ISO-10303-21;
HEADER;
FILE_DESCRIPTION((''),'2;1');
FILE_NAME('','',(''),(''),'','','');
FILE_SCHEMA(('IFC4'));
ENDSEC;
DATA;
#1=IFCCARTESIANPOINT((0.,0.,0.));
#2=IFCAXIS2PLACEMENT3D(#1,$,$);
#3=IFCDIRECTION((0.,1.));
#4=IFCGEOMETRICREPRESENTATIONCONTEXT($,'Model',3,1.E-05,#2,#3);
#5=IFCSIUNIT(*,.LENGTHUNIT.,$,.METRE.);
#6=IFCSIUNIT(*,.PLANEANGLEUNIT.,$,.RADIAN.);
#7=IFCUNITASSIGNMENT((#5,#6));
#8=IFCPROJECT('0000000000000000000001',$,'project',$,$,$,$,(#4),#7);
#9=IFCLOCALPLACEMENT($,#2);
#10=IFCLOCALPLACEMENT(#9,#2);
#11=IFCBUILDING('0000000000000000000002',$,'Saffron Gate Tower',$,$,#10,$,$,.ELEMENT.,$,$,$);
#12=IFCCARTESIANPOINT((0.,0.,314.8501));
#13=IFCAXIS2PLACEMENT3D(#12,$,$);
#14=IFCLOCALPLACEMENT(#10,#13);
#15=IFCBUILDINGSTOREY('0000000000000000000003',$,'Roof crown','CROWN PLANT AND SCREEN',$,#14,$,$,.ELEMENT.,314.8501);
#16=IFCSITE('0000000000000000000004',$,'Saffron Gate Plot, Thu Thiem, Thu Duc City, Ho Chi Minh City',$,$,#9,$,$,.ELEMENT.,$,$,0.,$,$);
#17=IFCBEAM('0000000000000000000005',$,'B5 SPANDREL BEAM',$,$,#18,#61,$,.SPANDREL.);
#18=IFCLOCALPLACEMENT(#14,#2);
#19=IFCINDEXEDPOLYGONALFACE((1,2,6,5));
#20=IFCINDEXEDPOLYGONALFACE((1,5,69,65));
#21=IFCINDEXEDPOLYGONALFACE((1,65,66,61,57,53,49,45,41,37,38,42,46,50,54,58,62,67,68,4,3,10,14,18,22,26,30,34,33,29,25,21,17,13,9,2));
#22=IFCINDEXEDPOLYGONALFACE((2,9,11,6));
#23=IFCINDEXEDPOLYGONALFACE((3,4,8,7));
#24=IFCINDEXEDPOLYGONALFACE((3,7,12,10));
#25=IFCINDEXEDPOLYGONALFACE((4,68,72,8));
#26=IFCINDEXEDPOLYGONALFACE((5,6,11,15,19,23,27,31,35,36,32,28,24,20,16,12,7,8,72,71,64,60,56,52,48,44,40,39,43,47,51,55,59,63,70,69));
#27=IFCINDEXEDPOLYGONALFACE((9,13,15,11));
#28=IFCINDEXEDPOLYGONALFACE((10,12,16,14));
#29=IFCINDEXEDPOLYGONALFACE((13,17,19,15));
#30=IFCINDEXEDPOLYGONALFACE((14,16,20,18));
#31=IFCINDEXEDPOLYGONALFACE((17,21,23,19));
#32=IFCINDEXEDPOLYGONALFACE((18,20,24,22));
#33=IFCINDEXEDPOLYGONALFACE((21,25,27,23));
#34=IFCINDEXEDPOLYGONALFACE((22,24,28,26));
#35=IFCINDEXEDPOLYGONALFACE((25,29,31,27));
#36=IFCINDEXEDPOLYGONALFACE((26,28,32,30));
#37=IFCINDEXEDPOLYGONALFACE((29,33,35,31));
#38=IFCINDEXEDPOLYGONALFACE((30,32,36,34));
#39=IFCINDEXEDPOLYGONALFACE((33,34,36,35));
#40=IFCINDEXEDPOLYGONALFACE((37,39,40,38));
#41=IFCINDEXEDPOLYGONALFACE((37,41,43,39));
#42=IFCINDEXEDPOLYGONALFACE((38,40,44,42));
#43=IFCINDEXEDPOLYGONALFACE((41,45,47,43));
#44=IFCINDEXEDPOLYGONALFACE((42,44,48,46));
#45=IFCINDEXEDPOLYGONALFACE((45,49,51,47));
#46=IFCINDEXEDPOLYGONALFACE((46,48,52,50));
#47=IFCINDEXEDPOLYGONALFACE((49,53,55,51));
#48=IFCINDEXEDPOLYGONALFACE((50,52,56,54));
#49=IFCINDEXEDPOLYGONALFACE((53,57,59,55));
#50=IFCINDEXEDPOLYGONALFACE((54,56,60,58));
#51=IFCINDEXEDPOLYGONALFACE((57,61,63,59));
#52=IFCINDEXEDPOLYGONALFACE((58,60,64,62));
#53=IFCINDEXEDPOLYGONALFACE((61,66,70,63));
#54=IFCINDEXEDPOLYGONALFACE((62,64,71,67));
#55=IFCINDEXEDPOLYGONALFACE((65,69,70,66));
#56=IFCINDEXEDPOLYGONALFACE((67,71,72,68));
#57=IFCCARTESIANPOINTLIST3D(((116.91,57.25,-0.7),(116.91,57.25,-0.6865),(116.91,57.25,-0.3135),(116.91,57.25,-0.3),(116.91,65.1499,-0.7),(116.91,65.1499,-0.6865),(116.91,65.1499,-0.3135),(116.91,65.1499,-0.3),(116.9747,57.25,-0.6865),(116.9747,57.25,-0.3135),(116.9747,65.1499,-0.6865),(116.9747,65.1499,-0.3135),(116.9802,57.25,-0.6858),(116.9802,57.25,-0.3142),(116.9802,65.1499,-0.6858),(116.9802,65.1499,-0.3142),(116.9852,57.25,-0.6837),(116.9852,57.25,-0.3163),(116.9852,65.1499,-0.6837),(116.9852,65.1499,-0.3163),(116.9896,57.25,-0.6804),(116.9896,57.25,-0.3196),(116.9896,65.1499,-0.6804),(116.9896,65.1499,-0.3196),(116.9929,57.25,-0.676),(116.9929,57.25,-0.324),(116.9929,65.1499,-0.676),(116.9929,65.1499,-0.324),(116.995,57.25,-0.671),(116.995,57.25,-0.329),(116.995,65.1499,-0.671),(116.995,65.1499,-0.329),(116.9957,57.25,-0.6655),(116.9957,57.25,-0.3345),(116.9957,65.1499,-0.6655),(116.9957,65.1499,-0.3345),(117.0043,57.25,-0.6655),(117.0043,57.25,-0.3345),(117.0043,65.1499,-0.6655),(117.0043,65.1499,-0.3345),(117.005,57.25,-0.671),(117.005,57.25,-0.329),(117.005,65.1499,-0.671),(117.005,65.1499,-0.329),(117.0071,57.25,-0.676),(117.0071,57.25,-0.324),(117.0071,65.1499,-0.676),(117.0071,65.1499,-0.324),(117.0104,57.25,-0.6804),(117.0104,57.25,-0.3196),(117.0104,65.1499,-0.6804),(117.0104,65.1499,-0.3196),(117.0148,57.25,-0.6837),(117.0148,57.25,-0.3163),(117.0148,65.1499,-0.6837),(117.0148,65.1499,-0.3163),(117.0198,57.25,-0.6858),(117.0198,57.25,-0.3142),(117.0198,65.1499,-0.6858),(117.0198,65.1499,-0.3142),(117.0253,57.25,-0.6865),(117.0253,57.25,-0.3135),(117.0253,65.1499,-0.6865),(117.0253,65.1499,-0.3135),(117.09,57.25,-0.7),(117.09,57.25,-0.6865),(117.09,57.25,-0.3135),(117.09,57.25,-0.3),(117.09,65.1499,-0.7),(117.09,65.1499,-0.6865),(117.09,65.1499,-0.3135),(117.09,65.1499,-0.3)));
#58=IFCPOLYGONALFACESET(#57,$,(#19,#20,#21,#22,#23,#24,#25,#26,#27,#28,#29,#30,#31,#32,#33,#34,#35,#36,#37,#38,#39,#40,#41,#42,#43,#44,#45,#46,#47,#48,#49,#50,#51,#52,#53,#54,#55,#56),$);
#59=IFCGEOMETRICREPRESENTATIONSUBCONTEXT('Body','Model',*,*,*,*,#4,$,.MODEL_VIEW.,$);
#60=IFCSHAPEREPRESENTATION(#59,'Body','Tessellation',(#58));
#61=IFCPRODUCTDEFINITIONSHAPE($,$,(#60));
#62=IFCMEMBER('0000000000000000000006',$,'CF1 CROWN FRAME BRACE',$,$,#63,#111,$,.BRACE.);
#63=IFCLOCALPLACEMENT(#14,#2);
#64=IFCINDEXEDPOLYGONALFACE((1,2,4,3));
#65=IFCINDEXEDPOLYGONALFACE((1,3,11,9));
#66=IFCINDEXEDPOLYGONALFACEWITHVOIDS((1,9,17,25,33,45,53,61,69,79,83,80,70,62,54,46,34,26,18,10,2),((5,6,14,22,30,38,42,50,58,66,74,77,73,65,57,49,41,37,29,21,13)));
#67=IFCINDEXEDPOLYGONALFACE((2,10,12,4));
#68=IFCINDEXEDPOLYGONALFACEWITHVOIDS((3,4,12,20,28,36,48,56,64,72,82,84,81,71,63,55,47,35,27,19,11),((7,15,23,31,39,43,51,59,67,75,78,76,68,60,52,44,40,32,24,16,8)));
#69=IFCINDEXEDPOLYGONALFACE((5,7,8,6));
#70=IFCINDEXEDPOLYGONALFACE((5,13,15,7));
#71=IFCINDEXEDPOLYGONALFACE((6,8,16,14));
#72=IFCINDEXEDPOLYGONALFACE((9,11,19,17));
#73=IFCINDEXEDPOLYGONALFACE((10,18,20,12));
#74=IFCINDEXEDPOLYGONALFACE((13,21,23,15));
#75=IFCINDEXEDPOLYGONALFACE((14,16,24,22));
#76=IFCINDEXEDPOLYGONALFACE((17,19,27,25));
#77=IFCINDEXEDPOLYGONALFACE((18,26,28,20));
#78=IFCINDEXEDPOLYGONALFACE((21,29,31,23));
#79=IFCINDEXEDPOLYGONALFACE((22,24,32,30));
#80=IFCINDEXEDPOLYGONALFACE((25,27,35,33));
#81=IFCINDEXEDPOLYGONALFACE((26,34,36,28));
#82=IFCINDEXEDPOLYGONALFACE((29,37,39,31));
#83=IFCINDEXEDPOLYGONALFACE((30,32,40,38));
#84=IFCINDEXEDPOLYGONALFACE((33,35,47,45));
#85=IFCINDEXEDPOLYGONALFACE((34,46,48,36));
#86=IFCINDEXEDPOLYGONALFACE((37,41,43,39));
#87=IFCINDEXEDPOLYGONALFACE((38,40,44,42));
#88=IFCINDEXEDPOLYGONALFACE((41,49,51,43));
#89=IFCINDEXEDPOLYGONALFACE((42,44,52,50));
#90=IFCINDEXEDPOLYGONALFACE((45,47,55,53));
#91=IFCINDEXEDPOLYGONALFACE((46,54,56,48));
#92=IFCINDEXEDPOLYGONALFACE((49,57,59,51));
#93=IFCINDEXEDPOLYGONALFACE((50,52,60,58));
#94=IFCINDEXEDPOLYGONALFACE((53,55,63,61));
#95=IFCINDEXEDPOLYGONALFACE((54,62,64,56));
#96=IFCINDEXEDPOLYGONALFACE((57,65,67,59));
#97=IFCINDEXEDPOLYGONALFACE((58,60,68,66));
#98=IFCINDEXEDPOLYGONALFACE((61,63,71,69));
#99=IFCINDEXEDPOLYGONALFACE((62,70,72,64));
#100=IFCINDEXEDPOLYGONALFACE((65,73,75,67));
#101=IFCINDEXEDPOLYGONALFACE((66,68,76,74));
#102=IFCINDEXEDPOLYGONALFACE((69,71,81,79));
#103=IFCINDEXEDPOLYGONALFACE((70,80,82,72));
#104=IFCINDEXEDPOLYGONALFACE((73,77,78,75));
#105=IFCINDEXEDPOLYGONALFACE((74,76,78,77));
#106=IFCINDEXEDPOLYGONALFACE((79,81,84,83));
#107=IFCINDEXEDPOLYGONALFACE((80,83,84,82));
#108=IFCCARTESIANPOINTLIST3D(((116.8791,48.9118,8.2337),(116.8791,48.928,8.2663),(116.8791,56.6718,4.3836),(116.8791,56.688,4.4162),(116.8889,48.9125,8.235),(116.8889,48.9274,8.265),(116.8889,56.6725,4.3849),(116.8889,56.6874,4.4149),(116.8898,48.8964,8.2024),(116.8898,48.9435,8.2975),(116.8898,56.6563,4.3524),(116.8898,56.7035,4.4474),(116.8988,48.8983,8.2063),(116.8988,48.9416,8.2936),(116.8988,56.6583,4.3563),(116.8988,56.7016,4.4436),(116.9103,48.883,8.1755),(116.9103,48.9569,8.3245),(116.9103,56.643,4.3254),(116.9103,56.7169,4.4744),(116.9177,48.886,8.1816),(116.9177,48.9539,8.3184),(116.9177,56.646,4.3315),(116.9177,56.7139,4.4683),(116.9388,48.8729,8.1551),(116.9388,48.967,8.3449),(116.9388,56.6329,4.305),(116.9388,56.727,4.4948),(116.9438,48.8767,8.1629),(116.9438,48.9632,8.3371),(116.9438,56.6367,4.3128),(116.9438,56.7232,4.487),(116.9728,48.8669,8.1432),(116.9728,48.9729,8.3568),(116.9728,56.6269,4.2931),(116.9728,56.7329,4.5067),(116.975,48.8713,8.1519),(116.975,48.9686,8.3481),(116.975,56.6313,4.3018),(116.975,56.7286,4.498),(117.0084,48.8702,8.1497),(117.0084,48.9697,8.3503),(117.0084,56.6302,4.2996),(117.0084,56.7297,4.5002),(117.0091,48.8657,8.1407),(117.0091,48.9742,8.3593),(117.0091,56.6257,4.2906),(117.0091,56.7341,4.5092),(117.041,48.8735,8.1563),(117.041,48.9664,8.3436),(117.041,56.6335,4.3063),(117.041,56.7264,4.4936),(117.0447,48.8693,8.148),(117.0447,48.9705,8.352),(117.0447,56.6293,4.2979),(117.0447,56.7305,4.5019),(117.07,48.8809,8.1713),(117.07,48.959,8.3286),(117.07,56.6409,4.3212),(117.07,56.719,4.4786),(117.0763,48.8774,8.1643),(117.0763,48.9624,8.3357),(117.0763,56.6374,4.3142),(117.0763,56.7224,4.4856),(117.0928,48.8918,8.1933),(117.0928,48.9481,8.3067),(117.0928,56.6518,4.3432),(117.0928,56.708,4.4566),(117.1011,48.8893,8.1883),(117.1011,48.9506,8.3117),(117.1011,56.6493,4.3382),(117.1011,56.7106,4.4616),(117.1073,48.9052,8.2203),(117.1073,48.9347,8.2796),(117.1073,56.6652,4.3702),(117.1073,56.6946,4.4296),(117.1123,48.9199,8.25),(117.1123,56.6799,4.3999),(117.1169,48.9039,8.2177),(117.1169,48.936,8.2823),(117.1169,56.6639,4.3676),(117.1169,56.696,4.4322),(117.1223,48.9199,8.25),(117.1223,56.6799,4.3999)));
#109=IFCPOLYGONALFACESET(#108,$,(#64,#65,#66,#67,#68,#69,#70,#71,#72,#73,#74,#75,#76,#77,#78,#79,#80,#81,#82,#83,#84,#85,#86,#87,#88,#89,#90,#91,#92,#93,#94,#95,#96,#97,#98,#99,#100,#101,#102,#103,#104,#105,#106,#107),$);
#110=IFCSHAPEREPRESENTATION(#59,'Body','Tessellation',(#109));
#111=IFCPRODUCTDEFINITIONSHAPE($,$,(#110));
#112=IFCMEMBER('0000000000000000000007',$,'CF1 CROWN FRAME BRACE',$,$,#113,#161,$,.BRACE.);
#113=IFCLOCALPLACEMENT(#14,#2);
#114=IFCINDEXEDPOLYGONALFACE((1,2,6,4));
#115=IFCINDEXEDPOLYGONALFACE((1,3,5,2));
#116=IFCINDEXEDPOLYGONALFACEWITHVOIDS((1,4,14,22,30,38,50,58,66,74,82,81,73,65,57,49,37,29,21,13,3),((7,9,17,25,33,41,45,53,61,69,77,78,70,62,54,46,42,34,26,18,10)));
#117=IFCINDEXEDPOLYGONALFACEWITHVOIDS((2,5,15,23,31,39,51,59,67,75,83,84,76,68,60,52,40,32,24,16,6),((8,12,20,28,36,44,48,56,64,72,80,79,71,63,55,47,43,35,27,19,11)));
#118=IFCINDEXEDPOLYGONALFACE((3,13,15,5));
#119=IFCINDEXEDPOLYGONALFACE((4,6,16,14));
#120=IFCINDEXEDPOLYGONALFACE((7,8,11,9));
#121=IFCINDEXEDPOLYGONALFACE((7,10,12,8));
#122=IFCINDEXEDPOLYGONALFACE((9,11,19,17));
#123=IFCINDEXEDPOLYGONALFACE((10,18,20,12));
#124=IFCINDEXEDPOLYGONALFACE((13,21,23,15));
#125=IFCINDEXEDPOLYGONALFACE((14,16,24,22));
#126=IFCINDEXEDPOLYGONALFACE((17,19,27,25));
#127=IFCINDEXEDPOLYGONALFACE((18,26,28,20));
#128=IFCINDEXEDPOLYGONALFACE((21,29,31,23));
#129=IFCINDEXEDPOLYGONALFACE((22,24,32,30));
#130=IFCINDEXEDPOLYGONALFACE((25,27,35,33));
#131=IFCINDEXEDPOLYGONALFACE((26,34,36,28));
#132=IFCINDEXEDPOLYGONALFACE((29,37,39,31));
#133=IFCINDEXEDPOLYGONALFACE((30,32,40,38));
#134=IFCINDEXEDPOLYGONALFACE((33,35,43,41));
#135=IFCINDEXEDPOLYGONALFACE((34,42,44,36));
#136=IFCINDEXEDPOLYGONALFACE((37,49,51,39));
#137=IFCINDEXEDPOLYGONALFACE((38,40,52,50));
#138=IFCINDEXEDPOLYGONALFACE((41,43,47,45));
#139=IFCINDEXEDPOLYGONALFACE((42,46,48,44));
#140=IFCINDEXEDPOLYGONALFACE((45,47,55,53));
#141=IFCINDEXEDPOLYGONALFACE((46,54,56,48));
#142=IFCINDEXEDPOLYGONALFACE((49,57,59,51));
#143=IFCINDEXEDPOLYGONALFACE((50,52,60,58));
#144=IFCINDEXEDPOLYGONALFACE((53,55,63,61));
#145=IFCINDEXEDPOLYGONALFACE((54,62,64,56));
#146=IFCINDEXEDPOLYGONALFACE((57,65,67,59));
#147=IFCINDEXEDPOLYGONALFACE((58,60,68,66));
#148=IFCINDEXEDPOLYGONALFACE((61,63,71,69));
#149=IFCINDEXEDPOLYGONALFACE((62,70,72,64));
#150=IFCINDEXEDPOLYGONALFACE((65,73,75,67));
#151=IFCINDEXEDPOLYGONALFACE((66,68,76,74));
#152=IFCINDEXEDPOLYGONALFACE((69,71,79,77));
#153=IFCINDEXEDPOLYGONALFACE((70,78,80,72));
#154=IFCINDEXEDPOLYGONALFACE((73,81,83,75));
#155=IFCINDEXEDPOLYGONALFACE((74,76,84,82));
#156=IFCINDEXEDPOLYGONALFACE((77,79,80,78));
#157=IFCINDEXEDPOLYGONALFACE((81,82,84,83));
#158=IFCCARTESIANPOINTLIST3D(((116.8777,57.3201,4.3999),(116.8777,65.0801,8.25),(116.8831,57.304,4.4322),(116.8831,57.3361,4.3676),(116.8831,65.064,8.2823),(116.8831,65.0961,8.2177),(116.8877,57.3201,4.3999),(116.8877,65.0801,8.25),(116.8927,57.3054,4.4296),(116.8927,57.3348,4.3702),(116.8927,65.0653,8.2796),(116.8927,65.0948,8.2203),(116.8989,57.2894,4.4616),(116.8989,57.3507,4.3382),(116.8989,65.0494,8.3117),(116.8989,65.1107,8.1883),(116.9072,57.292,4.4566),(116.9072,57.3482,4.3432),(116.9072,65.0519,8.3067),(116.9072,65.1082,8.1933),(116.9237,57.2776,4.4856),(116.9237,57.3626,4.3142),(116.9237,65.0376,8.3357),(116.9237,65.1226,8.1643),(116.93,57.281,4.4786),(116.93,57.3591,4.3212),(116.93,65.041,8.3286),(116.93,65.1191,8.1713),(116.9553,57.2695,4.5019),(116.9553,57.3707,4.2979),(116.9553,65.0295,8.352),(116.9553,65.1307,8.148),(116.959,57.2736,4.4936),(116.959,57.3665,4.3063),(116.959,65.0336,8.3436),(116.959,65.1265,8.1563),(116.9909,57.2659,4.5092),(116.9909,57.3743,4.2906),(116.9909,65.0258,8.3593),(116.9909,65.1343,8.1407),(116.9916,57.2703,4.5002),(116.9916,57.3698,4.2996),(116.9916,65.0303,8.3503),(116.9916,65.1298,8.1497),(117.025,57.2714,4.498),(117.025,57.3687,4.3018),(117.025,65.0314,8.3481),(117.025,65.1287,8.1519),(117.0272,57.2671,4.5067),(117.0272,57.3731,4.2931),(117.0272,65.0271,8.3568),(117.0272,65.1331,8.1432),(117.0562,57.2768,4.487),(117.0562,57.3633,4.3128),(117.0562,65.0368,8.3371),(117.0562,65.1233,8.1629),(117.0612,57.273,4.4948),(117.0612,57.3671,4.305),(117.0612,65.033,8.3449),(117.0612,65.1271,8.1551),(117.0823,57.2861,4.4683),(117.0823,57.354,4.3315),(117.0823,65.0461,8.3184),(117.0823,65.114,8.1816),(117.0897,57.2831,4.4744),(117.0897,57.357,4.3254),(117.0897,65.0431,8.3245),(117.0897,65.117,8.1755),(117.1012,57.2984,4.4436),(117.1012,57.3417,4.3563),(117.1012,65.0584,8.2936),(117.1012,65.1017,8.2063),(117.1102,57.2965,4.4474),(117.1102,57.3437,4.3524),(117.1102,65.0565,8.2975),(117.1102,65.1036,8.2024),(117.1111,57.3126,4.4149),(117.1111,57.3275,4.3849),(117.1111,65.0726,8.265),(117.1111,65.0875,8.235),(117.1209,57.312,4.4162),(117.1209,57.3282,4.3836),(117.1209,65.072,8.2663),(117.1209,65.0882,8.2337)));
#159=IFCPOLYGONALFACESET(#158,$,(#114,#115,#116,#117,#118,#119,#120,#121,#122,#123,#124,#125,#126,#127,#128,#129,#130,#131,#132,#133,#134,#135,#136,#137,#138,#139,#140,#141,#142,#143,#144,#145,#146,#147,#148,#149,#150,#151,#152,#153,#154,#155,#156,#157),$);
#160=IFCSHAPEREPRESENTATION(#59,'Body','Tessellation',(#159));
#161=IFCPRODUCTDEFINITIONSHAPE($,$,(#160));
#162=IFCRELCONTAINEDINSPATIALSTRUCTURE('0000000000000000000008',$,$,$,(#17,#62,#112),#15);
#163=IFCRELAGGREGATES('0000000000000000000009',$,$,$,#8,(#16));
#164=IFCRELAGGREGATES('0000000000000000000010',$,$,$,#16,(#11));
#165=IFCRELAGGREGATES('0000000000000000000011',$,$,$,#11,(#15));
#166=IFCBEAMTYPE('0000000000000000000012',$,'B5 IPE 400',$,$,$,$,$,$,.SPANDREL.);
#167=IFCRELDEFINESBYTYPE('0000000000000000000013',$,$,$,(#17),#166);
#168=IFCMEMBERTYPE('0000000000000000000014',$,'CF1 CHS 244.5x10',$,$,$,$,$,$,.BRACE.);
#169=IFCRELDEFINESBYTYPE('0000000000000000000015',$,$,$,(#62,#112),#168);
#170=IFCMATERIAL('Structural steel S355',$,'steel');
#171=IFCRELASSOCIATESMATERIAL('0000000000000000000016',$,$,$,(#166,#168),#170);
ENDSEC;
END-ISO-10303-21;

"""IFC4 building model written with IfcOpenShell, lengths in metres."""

from ifc_helpers import new_model, si_unit, direction, frame, origin, origin_2d, place, context, subcontext, project, spatial, hollow_circle, i_section, extrude, material, material_profile, profile_set, type_object, element, save


model = new_model("IFC4")

# Units and contexts
model_context = context("Model", 3, precision=1e-05, world=origin(), true_north=direction((0.0, 1.0)))
body_context = subcontext(model_context, "Body", "Model", "MODEL_VIEW")
ifc_project = project(units=[si_unit("LENGTHUNIT", "METRE"), si_unit("PLANEANGLEUNIT", "RADIAN")], contexts=[model_context])

# Site, building, storey
site_placement = place(None, origin())
site = spatial("IfcSite", under=ifc_project, at=site_placement, Name="Saffron Gate Plot, Thu Thiem, Thu Duc City, Ho Chi Minh City", CompositionType="ELEMENT", RefElevation=0.0)
building_placement = place(site_placement, origin())
building = spatial("IfcBuilding", under=site, at=building_placement, Name="Saffron Gate Tower", CompositionType="ELEMENT")
storey_placement = place(building_placement, frame((0.0, 0.0, 314.8501)))
storey = spatial("IfcBuildingStorey", under=building, at=storey_placement, Name="Roof crown", Description="CROWN PLANT AND SCREEN", CompositionType="ELEMENT", Elevation=314.8501)

# Shared definitions
ifc_material_1 = material(Name="Structural steel S355", Category="steel")

# Beam
ifc_material_profile_1 = material_profile(ifc_material_1, i_section(OverallWidth=0.1799, OverallDepth=0.3999, WebThickness=0.0085, FlangeThickness=0.0134, FilletRadius=0.021, at=origin_2d()))
ifc_profile_set_1 = profile_set([ifc_material_profile_1], Name="Structural steel S355")
beam_type_1 = type_object("IfcBeamType", Name="B5 IPE 400", PredefinedType="SPANDREL", material=ifc_profile_set_1)
beam_1_placement = place(storey_placement, frame((117.0, 57.25, -0.5), z_axis=(0.0, 1.0, 0.0), x_axis=(-1.0, 0.0, 0.0)))
element("IfcBeam", 1, at=beam_1_placement, inside=storey, type_object=beam_type_1, Name="B5 SPANDREL BEAM", PredefinedType="SPANDREL", context=body_context, shape_type="SweptSolid", body=[
    extrude(i_section(OverallWidth=0.1799, OverallDepth=0.3999, WebThickness=0.0085, FlangeThickness=0.0134, FilletRadius=0.021, at=origin_2d()), origin(), (0.0, 0.0, 1.0), 7.8999),
])

# Members
ifc_material_profile_2 = material_profile(ifc_material_1, hollow_circle(Radius=0.1223, WallThickness=0.01, at=origin_2d()))
ifc_profile_set_2 = profile_set([ifc_material_profile_2], Name="Structural steel S355")
member_type_1 = type_object("IfcMemberType", Name="CF1 CHS 244.5x10", PredefinedType="BRACE", material=ifc_profile_set_2)
for number, where, z_axis, x_axis, name in (
    (2, (117.0, 56.6799, 4.3999), (0.0, -0.895804, 0.44445), (1.0, 0.0, 0.0), "CF1 CROWN FRAME BRACE"),
    (3, (117.0, 57.3201, 4.3999), (0.0, 0.895804, 0.44445), (-1.0, 0.0, 0.0), "CF1 CROWN FRAME BRACE"),
):
    element("IfcMember", number, at=place(storey_placement, frame(where, z_axis=z_axis, x_axis=x_axis)), inside=storey, type_object=member_type_1, Name=name, PredefinedType="BRACE", context=body_context, shape_type="SweptSolid", body=[
        extrude(hollow_circle(Radius=0.1223, WallThickness=0.01, at=origin_2d()), origin(), (0.0, 0.0, 1.0), 8.6626),
    ])

save(model, "model.ifc")
